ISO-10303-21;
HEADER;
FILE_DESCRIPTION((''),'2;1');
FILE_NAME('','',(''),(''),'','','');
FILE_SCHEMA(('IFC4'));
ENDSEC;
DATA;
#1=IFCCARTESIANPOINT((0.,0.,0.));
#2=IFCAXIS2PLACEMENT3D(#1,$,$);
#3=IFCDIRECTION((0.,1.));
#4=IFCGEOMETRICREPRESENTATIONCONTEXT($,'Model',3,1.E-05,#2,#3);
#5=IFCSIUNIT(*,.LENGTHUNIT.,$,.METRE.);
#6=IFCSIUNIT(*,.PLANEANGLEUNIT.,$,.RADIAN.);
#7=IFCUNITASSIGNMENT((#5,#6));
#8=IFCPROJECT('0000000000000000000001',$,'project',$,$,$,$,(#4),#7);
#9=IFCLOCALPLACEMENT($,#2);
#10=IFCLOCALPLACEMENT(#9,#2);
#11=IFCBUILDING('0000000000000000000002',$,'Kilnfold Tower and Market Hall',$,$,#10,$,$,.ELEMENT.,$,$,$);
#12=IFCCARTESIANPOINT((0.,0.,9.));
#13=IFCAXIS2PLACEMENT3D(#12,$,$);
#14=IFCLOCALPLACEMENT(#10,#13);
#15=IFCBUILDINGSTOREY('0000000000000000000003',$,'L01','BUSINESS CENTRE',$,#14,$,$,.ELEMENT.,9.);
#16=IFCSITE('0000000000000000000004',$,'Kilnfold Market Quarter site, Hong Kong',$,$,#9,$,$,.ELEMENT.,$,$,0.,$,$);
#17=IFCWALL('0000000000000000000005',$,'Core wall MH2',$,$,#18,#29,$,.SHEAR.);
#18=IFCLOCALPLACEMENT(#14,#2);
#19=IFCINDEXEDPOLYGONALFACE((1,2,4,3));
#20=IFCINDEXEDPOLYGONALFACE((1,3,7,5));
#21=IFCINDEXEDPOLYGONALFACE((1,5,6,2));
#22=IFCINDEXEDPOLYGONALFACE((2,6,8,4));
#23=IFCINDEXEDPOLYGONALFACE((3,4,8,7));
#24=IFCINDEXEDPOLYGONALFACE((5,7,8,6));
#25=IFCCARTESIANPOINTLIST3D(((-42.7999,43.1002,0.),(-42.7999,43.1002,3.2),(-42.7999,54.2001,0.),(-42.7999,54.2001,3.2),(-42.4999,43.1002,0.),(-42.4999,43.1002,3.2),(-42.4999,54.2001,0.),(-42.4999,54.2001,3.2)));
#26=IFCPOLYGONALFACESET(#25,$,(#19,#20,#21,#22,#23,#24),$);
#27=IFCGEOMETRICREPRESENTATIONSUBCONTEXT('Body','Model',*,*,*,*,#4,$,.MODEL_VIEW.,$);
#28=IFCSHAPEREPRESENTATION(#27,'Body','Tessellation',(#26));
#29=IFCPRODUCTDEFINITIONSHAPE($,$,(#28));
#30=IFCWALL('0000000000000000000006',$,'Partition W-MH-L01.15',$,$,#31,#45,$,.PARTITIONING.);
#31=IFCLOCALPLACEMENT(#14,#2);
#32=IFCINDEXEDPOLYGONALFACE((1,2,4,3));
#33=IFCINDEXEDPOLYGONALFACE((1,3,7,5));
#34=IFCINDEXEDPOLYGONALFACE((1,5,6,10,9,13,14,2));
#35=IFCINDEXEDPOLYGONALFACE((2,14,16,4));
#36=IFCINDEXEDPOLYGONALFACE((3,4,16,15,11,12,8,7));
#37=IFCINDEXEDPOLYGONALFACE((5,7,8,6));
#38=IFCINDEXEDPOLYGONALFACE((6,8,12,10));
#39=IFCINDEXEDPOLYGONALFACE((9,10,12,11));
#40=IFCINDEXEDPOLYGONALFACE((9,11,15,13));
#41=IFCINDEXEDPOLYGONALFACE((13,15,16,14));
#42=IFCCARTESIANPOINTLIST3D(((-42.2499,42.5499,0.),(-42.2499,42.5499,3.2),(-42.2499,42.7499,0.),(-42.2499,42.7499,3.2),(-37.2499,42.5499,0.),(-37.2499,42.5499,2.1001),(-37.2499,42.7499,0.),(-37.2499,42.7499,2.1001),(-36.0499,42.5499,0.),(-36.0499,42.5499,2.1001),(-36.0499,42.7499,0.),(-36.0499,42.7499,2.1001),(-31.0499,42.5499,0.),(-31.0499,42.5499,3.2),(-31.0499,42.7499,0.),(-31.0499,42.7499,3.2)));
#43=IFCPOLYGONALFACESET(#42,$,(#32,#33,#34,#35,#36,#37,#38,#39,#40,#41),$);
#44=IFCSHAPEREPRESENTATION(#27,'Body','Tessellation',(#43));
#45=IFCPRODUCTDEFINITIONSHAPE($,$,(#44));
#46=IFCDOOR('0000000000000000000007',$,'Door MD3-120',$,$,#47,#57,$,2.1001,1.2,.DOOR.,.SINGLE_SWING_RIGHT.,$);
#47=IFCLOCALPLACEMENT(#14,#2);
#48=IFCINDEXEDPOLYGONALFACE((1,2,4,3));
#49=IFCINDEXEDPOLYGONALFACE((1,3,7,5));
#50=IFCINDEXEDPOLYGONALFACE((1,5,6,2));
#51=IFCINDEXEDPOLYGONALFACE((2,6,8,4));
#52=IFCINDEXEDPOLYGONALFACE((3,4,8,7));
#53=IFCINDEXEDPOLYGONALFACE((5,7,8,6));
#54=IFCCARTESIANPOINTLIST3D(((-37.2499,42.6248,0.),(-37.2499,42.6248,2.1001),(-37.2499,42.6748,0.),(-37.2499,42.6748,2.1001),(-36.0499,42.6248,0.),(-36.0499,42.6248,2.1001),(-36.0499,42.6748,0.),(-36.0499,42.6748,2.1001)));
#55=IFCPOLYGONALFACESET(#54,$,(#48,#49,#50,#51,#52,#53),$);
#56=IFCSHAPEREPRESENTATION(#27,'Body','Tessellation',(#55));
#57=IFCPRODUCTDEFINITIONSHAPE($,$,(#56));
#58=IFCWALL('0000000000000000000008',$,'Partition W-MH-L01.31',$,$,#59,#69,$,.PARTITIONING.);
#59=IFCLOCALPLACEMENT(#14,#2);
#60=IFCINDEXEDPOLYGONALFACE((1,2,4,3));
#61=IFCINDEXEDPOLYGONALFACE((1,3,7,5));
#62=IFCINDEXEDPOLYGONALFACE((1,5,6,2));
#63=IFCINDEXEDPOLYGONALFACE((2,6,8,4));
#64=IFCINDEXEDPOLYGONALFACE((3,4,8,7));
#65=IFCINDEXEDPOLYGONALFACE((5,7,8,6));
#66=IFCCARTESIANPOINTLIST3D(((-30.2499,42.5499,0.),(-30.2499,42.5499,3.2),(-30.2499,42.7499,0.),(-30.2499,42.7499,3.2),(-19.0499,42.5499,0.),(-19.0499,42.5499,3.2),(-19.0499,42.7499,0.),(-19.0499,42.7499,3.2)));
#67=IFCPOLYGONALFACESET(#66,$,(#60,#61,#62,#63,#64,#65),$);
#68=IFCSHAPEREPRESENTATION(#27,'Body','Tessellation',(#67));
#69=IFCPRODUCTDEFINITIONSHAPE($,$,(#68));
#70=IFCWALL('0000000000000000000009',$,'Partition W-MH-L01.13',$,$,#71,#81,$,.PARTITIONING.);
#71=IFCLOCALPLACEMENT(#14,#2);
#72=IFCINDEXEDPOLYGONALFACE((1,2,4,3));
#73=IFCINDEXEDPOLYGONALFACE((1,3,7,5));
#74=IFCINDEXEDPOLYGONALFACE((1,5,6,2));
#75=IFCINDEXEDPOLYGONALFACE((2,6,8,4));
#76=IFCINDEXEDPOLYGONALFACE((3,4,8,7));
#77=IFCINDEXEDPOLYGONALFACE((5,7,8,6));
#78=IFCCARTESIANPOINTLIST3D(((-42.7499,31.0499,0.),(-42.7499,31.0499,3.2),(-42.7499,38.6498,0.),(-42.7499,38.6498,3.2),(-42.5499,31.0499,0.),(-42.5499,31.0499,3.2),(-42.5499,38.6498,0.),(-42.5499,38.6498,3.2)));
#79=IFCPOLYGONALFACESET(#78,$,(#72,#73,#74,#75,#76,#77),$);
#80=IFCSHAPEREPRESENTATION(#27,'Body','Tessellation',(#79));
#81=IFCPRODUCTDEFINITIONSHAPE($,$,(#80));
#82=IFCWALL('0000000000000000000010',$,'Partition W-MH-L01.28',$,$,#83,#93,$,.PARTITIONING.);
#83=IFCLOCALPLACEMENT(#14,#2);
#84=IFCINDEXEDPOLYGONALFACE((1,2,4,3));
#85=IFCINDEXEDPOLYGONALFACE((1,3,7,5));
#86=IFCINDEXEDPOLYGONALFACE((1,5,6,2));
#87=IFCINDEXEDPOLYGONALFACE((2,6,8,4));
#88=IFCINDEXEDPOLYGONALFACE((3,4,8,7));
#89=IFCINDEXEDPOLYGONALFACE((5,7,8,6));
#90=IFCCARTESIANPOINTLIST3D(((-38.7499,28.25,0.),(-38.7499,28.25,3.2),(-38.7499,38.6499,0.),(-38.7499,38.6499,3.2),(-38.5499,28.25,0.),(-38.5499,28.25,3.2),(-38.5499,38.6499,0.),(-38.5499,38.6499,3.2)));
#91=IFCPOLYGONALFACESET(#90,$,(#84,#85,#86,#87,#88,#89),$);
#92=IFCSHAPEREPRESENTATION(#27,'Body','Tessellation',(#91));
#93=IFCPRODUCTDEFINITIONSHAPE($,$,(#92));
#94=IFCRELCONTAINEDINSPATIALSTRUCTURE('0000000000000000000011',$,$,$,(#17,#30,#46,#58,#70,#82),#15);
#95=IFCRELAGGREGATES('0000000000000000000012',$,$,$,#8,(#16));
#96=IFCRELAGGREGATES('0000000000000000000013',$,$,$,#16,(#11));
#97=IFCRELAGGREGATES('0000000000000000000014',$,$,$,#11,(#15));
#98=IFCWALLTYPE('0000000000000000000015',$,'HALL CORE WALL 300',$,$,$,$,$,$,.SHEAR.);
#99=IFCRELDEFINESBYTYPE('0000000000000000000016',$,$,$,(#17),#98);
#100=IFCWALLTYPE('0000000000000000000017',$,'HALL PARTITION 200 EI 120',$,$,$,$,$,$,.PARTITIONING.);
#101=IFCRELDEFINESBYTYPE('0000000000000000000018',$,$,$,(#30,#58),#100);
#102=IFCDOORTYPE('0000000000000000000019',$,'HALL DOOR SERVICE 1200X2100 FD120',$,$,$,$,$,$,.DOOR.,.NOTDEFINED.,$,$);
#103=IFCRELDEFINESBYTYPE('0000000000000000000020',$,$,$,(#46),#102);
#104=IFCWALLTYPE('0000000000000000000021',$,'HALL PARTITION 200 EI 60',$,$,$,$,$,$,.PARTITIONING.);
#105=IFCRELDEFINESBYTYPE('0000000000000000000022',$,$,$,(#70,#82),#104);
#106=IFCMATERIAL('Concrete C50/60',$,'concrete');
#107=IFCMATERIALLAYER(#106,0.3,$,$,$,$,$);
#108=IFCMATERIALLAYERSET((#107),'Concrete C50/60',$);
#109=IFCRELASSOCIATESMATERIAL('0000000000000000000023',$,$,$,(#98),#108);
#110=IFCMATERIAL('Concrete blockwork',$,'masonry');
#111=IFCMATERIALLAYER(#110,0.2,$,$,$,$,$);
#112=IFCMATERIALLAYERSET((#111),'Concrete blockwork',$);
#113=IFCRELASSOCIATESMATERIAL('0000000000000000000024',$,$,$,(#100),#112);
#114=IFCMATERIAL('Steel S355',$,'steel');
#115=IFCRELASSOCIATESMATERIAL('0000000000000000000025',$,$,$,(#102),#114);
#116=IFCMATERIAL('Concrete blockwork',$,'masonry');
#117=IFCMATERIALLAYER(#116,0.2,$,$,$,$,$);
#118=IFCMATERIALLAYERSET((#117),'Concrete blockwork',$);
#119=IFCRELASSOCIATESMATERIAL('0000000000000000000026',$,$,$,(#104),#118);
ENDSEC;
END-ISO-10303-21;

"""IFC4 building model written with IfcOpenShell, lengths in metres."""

from ifc_helpers import new_model, si_unit, direction, frame, frame_2d, origin, place, context, subcontext, project, spatial, rectangle, extrude, source, transform, mapped, material, layer, layer_set, type_object, element, fill, save


model = new_model("IFC4")

# Units and contexts
model_context = context("Model", 3, precision=1e-05, world=origin(), true_north=direction((0.0, 1.0)))
body_context = subcontext(model_context, "Body", "Model", "MODEL_VIEW")
ifc_project = project(units=[si_unit("LENGTHUNIT", "METRE"), si_unit("PLANEANGLEUNIT", "RADIAN")], contexts=[model_context])

# Site, building, storey
site_placement = place(None, origin())
site = spatial("IfcSite", under=ifc_project, at=site_placement, Name="Kilnfold Market Quarter site, Hong Kong", CompositionType="ELEMENT", RefElevation=0.0)
building_placement = place(site_placement, origin())
building = spatial("IfcBuilding", under=site, at=building_placement, Name="Kilnfold Tower and Market Hall", CompositionType="ELEMENT")
storey_placement = place(building_placement, frame((0.0, 0.0, 9.0)))
storey = spatial("IfcBuildingStorey", under=building, at=storey_placement, Name="L01", Description="BUSINESS CENTRE", CompositionType="ELEMENT", Elevation=9.0)

# Wall
ifc_material_1 = material(Name="Concrete C50/60", Category="concrete")
ifc_layer_1 = layer(ifc_material_1, 0.3)
ifc_layer_set_1 = layer_set([ifc_layer_1], Name="Concrete C50/60")
wall_type_1 = type_object("IfcWallType", Name="HALL CORE WALL 300", PredefinedType="SHEAR", material=ifc_layer_set_1)
shared_shape_1 = source(origin(), body_context, "Body", "SweptSolid", [
    extrude(rectangle(XDim=11.0999, YDim=0.3, at=frame_2d((5.5498, 0.0))), origin(), (0.0, 0.0, 1.0), 3.2),
])
wall_1_placement = place(storey_placement, frame((-42.6499, 54.2, 0.0), z_axis=(0.0, 0.0, 1.0), x_axis=(0.0, -1.0, 0.0)))
element("IfcWall", 1, at=wall_1_placement, inside=storey, type_object=wall_type_1, Name="Core wall MH2", PredefinedType="SHEAR", context=body_context, shape_type="MappedRepresentation", body=[
    mapped(shared_shape_1, transform((0.0, 0.0, 0.0))),
])

# Wall, opening, door
ifc_material_2 = material(Name="Concrete blockwork", Category="masonry")
ifc_layer_2 = layer(ifc_material_2, 0.2)
ifc_layer_set_2 = layer_set([ifc_layer_2], Name="Concrete blockwork")
wall_type_2 = type_object("IfcWallType", Name="HALL PARTITION 200 EI 120", PredefinedType="PARTITIONING", material=ifc_layer_set_2)
shared_shape_2 = source(origin(), body_context, "Body", "SweptSolid", [
    extrude(rectangle(XDim=11.2, YDim=0.2, at=frame_2d((5.6001, 0.0))), origin(), (0.0, 0.0, 1.0), 3.2),
])
wall_2_placement = place(storey_placement, frame((-42.25, 42.6499, 0.0), z_axis=(0.0, 0.0, 1.0), x_axis=(1.0, 0.0, 0.0)))
wall_2 = element("IfcWall", 2, at=wall_2_placement, inside=storey, type_object=wall_type_2, Name="Partition W-MH-L01.15", PredefinedType="PARTITIONING", context=body_context, shape_type="MappedRepresentation", body=[
    mapped(shared_shape_2, transform((0.0, 0.0, 0.0))),
])
opening_placement = place(wall_2_placement, frame((5.0, 0.0, 0.0)))
opening = element("IfcOpeningElement", 3, at=opening_placement, cuts=wall_2, PredefinedType="OPENING", context=body_context, shape_type="SweptSolid", body=[
    extrude(rectangle(XDim=1.2, YDim=2.1001, at=frame_2d((0.6001, 1.05))), frame((0.0, 0.1099, 0.0), z_axis=(0.0, -1.0, 0.0), x_axis=(1.0, 0.0, 0.0)), (0.0, 0.0, 1.0), 0.22),
])
ifc_material_3 = material(Name="Steel S355", Category="steel")
door_type = type_object("IfcDoorType", Name="HALL DOOR SERVICE 1200X2100 FD120", OperationType="NOTDEFINED", PredefinedType="DOOR", material=ifc_material_3)
door_placement = place(opening_placement, origin())
door = element("IfcDoor", 4, at=door_placement, inside=storey, type_object=door_type, Name="Door MD3-120", OperationType="SINGLE_SWING_RIGHT", OverallHeight=2.1001, OverallWidth=1.2, PredefinedType="DOOR", context=body_context, shape_type="SweptSolid", body=[
    extrude(rectangle(XDim=1.2, YDim=2.1001, at=frame_2d((0.6001, 1.05))), frame((0.0, 0.0249, 0.0), z_axis=(0.0, -1.0, 0.0), x_axis=(1.0, 0.0, 0.0)), (0.0, 0.0, 1.0), 0.05),
])
fill(opening, door)

# Walls
wall_3_placement = place(storey_placement, frame((-30.25, 42.6499, 0.0), z_axis=(0.0, 0.0, 1.0), x_axis=(1.0, 0.0, 0.0)))
element("IfcWall", 5, at=wall_3_placement, inside=storey, type_object=wall_type_2, Name="Partition W-MH-L01.31", PredefinedType="PARTITIONING", context=body_context, shape_type="MappedRepresentation", body=[
    mapped(shared_shape_2, transform((0.0, 0.0, 0.0))),
])
ifc_material_4 = material(Name="Concrete blockwork", Category="masonry")
ifc_layer_3 = layer(ifc_material_4, 0.2)
ifc_layer_set_3 = layer_set([ifc_layer_3], Name="Concrete blockwork")
wall_type_3 = type_object("IfcWallType", Name="HALL PARTITION 200 EI 60", PredefinedType="PARTITIONING", material=ifc_layer_set_3)
shared_shape_3 = source(origin(), body_context, "Body", "SweptSolid", [
    extrude(rectangle(XDim=7.5999, YDim=0.2, at=frame_2d((3.7998, 0.0))), origin(), (0.0, 0.0, 1.0), 3.2),
])
wall_4_placement = place(storey_placement, frame((-42.6499, 31.05, 0.0), z_axis=(0.0, 0.0, 1.0), x_axis=(0.0, 1.0, 0.0)))
element("IfcWall", 6, at=wall_4_placement, inside=storey, type_object=wall_type_3, Name="Partition W-MH-L01.13", PredefinedType="PARTITIONING", context=body_context, shape_type="MappedRepresentation", body=[
    mapped(shared_shape_3, transform((0.0, 0.0, 0.0))),
])
shared_shape_4 = source(origin(), body_context, "Body", "SweptSolid", [
    extrude(rectangle(XDim=10.3999, YDim=0.2, at=frame_2d((5.2, 0.0))), origin(), (0.0, 0.0, 1.0), 3.2),
])
wall_5_placement = place(storey_placement, frame((-38.6499, 38.6499, 0.0), z_axis=(0.0, 0.0, 1.0), x_axis=(0.0, -1.0, 0.0)))
element("IfcWall", 7, at=wall_5_placement, inside=storey, type_object=wall_type_3, Name="Partition W-MH-L01.28", PredefinedType="PARTITIONING", context=body_context, shape_type="MappedRepresentation", body=[
    mapped(shared_shape_4, transform((0.0, 0.0, 0.0))),
])

save(model, "model.ifc")
